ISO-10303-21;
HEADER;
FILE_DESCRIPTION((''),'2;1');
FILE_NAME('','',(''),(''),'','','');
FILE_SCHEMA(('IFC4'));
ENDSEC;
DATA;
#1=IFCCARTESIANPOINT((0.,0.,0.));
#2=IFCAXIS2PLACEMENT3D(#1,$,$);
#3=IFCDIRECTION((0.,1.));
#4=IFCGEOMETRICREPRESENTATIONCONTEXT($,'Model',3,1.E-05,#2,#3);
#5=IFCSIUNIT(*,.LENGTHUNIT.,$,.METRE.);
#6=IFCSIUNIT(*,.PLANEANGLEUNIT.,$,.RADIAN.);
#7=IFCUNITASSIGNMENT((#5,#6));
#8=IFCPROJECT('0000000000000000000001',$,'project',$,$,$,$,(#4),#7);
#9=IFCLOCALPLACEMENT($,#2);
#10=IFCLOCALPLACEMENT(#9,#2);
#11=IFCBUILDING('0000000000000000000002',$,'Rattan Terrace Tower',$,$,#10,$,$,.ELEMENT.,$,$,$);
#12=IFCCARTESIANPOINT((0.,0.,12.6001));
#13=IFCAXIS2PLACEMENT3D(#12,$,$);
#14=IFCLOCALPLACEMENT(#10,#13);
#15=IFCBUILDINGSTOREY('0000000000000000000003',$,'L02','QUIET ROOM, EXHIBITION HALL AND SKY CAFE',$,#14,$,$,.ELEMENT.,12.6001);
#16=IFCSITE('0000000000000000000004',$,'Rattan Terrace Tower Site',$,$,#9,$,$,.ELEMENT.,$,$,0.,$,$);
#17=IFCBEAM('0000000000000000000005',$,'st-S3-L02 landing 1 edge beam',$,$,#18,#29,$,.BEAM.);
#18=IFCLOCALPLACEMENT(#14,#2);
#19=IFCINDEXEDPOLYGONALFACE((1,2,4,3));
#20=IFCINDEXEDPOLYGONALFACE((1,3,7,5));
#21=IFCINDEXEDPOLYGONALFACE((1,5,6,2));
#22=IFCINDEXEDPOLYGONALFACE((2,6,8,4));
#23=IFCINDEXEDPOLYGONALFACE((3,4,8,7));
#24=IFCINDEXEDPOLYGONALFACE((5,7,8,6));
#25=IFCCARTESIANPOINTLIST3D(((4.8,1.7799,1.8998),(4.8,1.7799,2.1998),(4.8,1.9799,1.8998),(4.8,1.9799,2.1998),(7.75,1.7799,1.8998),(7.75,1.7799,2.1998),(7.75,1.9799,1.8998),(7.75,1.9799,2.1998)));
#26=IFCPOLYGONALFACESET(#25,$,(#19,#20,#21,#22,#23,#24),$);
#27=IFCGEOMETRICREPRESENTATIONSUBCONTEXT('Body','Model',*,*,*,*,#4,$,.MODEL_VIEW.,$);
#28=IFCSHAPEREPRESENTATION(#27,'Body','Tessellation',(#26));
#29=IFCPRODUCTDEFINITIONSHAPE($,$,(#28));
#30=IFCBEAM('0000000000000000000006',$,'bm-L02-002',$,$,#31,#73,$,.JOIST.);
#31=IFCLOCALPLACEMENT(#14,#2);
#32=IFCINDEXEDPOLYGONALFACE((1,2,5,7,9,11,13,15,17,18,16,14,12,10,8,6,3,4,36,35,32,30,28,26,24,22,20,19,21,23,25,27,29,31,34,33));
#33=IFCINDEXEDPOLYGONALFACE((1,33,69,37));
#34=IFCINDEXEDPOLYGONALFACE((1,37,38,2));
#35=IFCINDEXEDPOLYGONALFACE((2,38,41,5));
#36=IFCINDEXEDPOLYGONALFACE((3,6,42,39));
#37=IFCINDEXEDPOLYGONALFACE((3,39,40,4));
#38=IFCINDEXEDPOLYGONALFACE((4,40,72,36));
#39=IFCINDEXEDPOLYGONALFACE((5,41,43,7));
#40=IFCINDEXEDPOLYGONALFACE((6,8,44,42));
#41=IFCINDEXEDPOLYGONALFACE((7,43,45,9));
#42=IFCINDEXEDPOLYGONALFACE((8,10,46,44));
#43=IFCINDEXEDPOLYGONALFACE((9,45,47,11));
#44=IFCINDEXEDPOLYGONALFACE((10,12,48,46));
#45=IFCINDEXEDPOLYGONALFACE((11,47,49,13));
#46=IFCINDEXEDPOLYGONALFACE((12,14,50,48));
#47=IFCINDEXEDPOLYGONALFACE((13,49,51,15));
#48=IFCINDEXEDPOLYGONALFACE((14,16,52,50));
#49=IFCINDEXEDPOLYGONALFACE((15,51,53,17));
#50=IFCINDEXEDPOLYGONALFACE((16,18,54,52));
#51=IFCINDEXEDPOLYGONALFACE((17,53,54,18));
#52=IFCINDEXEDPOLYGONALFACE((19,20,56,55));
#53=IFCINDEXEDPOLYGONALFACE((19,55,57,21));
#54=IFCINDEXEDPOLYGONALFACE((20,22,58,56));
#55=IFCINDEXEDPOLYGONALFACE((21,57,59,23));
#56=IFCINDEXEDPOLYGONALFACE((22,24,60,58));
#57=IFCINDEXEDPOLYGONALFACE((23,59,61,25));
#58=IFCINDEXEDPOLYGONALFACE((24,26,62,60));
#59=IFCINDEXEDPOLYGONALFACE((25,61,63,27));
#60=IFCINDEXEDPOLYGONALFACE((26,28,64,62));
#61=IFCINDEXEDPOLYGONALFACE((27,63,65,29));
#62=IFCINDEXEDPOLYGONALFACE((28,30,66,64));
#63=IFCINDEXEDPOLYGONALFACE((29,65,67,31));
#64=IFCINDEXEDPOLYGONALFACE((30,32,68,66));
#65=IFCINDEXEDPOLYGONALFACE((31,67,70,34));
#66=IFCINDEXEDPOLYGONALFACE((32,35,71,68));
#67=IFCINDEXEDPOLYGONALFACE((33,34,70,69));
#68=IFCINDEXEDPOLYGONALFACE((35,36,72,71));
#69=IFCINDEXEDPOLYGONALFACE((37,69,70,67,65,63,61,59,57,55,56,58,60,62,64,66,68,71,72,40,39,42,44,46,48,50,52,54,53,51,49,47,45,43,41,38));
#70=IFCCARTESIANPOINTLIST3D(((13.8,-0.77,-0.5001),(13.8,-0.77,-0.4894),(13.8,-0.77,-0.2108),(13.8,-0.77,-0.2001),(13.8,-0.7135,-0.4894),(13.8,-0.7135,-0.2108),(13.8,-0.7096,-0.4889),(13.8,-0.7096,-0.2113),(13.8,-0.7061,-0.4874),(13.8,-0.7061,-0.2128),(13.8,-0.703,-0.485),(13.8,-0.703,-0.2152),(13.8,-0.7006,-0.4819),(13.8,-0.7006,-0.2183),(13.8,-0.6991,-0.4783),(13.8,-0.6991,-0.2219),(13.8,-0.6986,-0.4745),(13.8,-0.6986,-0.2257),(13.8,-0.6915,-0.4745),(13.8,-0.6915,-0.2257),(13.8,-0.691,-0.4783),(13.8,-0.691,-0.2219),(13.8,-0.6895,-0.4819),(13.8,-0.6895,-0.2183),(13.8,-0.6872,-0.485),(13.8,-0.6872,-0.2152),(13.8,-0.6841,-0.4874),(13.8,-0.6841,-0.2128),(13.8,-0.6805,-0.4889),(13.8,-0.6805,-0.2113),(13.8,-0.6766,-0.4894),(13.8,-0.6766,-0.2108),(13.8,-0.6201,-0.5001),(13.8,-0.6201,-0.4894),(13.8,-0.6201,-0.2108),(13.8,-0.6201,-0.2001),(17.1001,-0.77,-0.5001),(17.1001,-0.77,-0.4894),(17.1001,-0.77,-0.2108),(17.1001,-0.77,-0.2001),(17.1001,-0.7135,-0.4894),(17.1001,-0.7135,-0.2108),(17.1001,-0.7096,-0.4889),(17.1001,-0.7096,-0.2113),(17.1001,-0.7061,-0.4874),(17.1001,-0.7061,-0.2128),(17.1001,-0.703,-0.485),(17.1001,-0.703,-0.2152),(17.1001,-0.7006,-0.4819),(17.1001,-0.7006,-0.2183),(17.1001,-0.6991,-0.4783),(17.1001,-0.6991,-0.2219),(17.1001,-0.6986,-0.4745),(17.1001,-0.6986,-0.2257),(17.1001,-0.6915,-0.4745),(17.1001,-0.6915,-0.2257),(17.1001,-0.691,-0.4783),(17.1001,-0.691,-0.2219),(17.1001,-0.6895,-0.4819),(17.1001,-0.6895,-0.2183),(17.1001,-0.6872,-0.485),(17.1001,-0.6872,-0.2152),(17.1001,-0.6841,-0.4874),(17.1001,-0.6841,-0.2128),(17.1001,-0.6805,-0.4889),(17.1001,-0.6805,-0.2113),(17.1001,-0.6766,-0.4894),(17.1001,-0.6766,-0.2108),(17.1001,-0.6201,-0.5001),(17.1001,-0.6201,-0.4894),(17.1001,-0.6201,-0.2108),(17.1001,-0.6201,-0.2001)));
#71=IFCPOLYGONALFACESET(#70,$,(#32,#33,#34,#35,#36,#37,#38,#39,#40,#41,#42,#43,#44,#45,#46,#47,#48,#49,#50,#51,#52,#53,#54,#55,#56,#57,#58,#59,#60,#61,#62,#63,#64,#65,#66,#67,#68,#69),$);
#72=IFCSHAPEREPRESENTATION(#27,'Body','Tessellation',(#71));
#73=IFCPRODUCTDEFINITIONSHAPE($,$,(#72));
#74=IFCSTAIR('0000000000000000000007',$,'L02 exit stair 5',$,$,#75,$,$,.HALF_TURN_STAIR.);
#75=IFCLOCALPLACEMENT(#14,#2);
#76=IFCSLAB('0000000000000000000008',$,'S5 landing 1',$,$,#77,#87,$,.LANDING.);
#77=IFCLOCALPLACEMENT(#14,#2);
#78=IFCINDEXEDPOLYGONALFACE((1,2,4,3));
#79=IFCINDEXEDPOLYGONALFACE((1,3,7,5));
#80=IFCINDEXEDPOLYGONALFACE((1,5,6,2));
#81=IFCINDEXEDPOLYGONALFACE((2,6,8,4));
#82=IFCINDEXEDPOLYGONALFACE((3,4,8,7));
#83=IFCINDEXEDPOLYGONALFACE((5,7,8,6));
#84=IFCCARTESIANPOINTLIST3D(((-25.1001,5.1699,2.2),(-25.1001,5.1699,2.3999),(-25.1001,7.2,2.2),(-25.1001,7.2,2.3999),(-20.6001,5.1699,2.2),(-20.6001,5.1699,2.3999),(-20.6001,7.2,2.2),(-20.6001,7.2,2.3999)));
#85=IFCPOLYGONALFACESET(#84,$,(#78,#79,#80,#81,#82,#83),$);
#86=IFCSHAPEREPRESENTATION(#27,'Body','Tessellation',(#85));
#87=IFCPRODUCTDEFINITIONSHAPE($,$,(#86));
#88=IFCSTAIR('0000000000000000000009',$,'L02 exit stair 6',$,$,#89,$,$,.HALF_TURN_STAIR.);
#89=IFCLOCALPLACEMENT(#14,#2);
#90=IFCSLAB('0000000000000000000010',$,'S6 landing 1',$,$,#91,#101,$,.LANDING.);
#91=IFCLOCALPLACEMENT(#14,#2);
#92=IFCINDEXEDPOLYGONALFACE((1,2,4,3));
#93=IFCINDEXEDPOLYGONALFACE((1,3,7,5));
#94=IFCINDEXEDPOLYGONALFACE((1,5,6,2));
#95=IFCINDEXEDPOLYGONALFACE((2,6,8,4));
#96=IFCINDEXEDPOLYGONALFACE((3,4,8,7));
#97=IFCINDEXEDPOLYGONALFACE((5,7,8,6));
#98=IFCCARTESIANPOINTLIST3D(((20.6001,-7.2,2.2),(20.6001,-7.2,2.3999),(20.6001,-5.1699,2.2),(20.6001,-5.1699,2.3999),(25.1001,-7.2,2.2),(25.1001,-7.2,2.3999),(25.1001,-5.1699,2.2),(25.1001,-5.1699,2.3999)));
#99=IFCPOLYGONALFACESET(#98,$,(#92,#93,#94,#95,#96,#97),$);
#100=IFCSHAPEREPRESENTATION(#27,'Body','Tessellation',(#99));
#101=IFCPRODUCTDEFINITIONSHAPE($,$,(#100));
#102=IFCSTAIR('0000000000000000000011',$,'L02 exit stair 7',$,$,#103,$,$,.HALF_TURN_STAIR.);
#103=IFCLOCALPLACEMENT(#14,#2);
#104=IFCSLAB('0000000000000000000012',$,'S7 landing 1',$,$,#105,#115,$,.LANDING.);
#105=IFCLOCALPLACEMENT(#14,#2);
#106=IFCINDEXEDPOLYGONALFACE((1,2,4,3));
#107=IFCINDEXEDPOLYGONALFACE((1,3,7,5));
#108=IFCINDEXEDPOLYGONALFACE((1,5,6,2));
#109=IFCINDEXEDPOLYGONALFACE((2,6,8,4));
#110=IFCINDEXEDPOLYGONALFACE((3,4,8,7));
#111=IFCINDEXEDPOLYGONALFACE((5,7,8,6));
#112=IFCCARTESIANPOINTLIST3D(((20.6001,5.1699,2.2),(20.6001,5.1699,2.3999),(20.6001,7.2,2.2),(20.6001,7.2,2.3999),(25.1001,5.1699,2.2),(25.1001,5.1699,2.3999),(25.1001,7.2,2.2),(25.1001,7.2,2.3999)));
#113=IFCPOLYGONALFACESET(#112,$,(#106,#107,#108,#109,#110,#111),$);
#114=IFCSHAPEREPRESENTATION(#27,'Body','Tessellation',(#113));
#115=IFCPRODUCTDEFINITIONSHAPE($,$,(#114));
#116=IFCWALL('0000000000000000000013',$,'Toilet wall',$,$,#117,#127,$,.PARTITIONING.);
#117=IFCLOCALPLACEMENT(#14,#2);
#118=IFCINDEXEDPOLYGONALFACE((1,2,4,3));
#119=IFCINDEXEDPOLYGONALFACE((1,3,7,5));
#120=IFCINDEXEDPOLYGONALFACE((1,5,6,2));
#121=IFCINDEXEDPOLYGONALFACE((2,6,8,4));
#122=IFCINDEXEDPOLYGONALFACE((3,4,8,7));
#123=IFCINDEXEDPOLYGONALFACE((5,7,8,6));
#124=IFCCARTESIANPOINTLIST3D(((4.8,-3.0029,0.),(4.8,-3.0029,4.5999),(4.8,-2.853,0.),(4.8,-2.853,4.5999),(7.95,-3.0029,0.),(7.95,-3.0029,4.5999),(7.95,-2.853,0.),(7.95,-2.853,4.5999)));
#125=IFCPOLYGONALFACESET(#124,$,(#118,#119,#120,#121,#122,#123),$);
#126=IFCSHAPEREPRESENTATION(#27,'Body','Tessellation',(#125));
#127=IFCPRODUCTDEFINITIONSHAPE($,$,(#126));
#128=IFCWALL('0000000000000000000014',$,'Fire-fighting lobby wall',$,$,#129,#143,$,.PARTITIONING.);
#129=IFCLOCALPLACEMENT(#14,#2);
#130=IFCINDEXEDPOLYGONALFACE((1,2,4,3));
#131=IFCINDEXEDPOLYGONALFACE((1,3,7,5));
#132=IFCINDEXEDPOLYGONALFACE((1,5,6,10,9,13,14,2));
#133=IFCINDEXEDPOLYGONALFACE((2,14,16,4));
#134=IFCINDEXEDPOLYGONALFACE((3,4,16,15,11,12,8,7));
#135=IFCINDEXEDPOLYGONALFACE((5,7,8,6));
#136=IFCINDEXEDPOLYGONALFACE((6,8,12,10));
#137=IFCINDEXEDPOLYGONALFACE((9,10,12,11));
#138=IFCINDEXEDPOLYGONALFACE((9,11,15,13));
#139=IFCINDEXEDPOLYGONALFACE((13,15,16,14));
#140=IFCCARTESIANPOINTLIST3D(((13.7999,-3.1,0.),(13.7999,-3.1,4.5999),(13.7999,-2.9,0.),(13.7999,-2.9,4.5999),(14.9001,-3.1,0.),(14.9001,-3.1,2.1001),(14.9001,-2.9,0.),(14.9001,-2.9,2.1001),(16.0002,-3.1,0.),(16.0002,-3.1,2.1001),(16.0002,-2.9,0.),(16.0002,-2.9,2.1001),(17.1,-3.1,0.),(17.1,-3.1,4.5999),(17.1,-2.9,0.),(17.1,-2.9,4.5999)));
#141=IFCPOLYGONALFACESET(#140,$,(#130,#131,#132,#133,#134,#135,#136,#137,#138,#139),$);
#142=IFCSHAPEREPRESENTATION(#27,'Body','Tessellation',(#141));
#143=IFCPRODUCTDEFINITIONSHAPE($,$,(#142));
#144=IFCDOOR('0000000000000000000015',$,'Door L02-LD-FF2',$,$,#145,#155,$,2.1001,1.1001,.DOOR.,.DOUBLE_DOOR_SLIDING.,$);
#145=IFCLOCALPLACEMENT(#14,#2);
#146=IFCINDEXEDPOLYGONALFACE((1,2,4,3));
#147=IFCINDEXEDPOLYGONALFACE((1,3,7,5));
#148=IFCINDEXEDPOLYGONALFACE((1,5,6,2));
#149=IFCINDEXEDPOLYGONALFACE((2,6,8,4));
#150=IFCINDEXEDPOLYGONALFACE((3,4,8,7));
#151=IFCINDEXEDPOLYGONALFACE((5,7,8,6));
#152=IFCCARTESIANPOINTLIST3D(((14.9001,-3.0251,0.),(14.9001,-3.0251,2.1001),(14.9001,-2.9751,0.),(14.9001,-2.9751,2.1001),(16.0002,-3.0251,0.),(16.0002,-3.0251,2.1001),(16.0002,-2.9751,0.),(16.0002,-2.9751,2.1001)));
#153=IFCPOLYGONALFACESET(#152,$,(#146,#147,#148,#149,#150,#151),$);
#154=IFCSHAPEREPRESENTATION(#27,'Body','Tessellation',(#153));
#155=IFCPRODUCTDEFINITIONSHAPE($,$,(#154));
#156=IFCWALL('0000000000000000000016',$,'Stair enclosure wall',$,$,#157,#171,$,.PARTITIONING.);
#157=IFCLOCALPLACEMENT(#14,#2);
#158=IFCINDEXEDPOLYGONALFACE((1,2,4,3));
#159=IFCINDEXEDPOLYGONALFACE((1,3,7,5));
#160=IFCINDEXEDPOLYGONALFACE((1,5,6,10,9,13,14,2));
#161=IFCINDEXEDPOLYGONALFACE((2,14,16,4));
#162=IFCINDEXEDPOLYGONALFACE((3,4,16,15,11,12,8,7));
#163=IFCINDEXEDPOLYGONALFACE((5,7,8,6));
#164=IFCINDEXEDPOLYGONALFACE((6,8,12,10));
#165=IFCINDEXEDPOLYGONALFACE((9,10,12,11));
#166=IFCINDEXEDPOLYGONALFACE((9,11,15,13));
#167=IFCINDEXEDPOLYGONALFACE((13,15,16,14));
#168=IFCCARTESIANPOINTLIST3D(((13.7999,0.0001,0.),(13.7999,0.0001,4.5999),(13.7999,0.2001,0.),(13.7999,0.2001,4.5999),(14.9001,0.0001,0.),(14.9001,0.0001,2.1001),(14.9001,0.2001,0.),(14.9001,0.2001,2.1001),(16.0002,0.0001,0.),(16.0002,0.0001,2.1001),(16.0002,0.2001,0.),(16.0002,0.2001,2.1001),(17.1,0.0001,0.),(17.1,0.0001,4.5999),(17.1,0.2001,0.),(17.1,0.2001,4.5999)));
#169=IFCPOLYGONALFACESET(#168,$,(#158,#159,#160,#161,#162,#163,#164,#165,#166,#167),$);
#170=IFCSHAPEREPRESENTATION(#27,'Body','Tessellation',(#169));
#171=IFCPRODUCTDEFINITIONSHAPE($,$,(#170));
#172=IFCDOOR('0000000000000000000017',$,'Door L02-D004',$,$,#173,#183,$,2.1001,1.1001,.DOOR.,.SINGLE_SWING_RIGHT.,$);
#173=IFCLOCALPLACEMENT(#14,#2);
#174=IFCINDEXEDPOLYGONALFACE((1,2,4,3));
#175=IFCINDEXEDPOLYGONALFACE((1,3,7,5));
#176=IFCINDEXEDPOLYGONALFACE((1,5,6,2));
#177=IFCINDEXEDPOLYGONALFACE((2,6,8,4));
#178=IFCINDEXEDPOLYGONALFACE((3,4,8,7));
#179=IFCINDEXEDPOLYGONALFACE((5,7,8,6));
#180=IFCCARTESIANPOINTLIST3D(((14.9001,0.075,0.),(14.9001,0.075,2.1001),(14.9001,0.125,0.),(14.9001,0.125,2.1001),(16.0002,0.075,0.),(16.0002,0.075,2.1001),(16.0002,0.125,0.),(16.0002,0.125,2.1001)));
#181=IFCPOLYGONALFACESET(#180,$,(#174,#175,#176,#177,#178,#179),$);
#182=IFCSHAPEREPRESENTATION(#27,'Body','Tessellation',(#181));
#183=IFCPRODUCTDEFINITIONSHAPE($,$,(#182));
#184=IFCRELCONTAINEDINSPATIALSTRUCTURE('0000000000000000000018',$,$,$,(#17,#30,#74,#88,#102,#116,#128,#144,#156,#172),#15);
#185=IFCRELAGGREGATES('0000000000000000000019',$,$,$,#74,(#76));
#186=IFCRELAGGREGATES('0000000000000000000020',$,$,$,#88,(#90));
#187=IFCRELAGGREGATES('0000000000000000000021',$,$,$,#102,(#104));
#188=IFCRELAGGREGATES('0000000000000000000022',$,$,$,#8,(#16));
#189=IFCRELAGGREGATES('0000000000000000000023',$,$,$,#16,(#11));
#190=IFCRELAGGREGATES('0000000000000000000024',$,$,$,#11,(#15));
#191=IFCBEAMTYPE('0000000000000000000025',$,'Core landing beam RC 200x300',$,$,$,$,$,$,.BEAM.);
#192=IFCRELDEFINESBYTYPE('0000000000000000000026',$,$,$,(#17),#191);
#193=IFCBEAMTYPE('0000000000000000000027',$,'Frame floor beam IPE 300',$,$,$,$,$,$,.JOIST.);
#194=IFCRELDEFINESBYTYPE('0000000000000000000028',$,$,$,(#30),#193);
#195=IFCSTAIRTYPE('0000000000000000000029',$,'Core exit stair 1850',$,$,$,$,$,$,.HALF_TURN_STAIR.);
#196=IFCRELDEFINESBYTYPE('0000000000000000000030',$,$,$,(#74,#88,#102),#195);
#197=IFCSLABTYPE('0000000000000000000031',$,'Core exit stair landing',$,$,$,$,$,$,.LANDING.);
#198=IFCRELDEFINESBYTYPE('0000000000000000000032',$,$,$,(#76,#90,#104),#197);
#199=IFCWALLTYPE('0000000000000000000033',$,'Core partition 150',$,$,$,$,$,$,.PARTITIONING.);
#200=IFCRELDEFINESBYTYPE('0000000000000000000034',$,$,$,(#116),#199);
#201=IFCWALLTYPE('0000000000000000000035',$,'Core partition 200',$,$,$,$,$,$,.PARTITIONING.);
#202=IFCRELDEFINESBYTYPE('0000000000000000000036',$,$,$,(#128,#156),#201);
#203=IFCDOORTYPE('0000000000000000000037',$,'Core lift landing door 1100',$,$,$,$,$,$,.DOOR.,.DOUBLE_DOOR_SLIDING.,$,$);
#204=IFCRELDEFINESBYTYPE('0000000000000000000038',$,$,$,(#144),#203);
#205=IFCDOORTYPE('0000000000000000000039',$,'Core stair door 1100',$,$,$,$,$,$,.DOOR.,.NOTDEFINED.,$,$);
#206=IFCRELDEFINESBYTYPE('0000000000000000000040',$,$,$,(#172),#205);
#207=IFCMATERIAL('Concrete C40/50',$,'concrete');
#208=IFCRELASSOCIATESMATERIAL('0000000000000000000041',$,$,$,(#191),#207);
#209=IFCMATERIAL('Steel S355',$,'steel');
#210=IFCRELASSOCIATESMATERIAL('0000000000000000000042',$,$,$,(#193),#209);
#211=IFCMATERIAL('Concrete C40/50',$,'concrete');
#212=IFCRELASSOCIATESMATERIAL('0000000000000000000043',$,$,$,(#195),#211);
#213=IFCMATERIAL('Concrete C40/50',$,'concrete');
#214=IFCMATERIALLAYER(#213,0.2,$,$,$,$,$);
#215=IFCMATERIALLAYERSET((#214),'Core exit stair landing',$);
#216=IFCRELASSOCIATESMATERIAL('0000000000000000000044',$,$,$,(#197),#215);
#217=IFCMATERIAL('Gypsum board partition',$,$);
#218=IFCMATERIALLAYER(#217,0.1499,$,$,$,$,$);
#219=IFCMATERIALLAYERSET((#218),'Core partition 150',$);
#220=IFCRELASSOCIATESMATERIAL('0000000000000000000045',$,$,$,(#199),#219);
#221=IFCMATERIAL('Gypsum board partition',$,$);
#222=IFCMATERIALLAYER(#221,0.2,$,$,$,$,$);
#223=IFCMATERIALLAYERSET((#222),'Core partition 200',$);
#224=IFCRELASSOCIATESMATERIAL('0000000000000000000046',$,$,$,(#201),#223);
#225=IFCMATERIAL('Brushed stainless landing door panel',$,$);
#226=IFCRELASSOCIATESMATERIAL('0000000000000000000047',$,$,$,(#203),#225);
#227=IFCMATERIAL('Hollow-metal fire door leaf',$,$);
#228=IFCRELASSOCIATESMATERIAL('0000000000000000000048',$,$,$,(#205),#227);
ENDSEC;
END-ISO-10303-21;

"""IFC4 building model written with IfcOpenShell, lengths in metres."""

from ifc_helpers import new_model, si_unit, direction, frame, frame_2d, origin, origin_2d, place, context, subcontext, project, spatial, polyline, rectangle, i_section, outline, extrude, material, layer, layer_set, material_profile, profile_set, type_object, element, fill, aggregate, save


model = new_model("IFC4")

# Units and contexts
model_context = context("Model", 3, precision=1e-05, world=origin(), true_north=direction((0.0, 1.0)))
body_context = subcontext(model_context, "Body", "Model", "MODEL_VIEW")
ifc_project = project(units=[si_unit("LENGTHUNIT", "METRE"), si_unit("PLANEANGLEUNIT", "RADIAN")], contexts=[model_context])

# Site, building, storey
site_placement = place(None, origin())
site = spatial("IfcSite", under=ifc_project, at=site_placement, Name="Rattan Terrace Tower Site", CompositionType="ELEMENT", RefElevation=0.0)
building_placement = place(site_placement, origin())
building = spatial("IfcBuilding", under=site, at=building_placement, Name="Rattan Terrace Tower", CompositionType="ELEMENT")
storey_placement = place(building_placement, frame((0.0, 0.0, 12.6001)))
storey = spatial("IfcBuildingStorey", under=building, at=storey_placement, Name="L02", Description="QUIET ROOM, EXHIBITION HALL AND SKY CAFE", CompositionType="ELEMENT", Elevation=12.6001)

# Beams
ifc_material_1 = material(Name="Concrete C40/50", Category="concrete")
ifc_material_profile_1 = material_profile(ifc_material_1, rectangle(XDim=0.2, YDim=0.3, at=origin_2d()), Name="RC 200x300")
ifc_profile_set_1 = profile_set([ifc_material_profile_1], Name="Concrete C40/50")
beam_type_1 = type_object("IfcBeamType", Name="Core landing beam RC 200x300", PredefinedType="BEAM", material=ifc_profile_set_1)
beam_1_placement = place(storey_placement, frame((4.8, 1.8799, 2.0498), z_axis=(1.0, 0.0, 0.0), x_axis=(0.0, 1.0, 0.0)))
element("IfcBeam", 1, at=beam_1_placement, inside=storey, type_object=beam_type_1, Name="st-S3-L02 landing 1 edge beam", PredefinedType="BEAM", context=body_context, shape_type="SweptSolid", body=[
    extrude(rectangle(XDim=0.2, YDim=0.3, at=origin_2d()), origin(), (0.0, 0.0, 1.0), 2.95),
])
ifc_material_2 = material(Name="Steel S355", Category="steel")
ifc_material_profile_2 = material_profile(ifc_material_2, i_section(OverallWidth=0.1499, OverallDepth=0.3, WebThickness=0.0071, FlangeThickness=0.0107, FilletRadius=0.0149, at=origin_2d()), Name="IPE 300")
ifc_profile_set_2 = profile_set([ifc_material_profile_2], Name="Steel S355")
beam_type_2 = type_object("IfcBeamType", Name="Frame floor beam IPE 300", PredefinedType="JOIST", material=ifc_profile_set_2)
beam_2_placement = place(storey_placement, frame((13.8, -0.6951, -0.3501), z_axis=(1.0, 0.0, 0.0), x_axis=(0.0, 1.0, 0.0)))
element("IfcBeam", 2, at=beam_2_placement, inside=storey, type_object=beam_type_2, Name="bm-L02-002", PredefinedType="JOIST", context=body_context, shape_type="SweptSolid", body=[
    extrude(i_section(OverallWidth=0.1499, OverallDepth=0.3, WebThickness=0.0071, FlangeThickness=0.0107, FilletRadius=0.0149, at=origin_2d()), origin(), (0.0, 0.0, 1.0), 3.3),
])

# Stairs, slabs
ifc_material_3 = material(Name="Concrete C40/50", Category="concrete")
stair_type_1 = type_object("IfcStairType", Name="Core exit stair 1850", PredefinedType="HALF_TURN_STAIR", material=ifc_material_3)
stair_1_placement = place(storey_placement, origin())
stair_1 = element("IfcStair", 3, at=stair_1_placement, inside=storey, type_object=stair_type_1, Name="L02 exit stair 5", PredefinedType="HALF_TURN_STAIR")
ifc_material_4 = material(Name="Concrete C40/50", Category="concrete")
ifc_layer_1 = layer(ifc_material_4, 0.2)
ifc_layer_set_1 = layer_set([ifc_layer_1], Name="Core exit stair landing")
slab_type = type_object("IfcSlabType", Name="Core exit stair landing", PredefinedType="LANDING", material=ifc_layer_set_1)
slab_1_placement = place(storey_placement, frame((0.0, 0.0, 2.2)))
slab_1 = element("IfcSlab", 4, at=slab_1_placement, type_object=slab_type, Name="S5 landing 1", PredefinedType="LANDING", context=body_context, shape_type="SweptSolid", body=[
    extrude(outline(polyline([(-20.6001, 5.1699), (-20.6001, 7.2), (-25.1001, 7.2), (-25.1001, 5.1699), (-20.6001, 5.1699)])), origin(), (0.0, 0.0, 1.0), 0.2),
])
aggregate(stair_1, [slab_1])
stair_2_placement = place(storey_placement, origin())
stair_2 = element("IfcStair", 5, at=stair_2_placement, inside=storey, type_object=stair_type_1, Name="L02 exit stair 6", PredefinedType="HALF_TURN_STAIR")
slab_2_placement = place(storey_placement, frame((0.0, 0.0, 2.2)))
slab_2 = element("IfcSlab", 6, at=slab_2_placement, type_object=slab_type, Name="S6 landing 1", PredefinedType="LANDING", context=body_context, shape_type="SweptSolid", body=[
    extrude(outline(polyline([(20.6001, -5.1699), (20.6001, -7.2), (25.1001, -7.2), (25.1001, -5.1699), (20.6001, -5.1699)])), origin(), (0.0, 0.0, 1.0), 0.2),
])
aggregate(stair_2, [slab_2])
stair_3_placement = place(storey_placement, origin())
stair_3 = element("IfcStair", 7, at=stair_3_placement, inside=storey, type_object=stair_type_1, Name="L02 exit stair 7", PredefinedType="HALF_TURN_STAIR")
slab_3_placement = place(storey_placement, frame((0.0, 0.0, 2.2)))
slab_3 = element("IfcSlab", 8, at=slab_3_placement, type_object=slab_type, Name="S7 landing 1", PredefinedType="LANDING", context=body_context, shape_type="SweptSolid", body=[
    extrude(outline(polyline([(25.1001, 5.1699), (25.1001, 7.2), (20.6001, 7.2), (20.6001, 5.1699), (25.1001, 5.1699)])), origin(), (0.0, 0.0, 1.0), 0.2),
])
aggregate(stair_3, [slab_3])

# Wall
ifc_material_5 = material(Name="Gypsum board partition")
ifc_layer_2 = layer(ifc_material_5, 0.1499)
ifc_layer_set_2 = layer_set([ifc_layer_2], Name="Core partition 150")
wall_type_1 = type_object("IfcWallType", Name="Core partition 150", PredefinedType="PARTITIONING", material=ifc_layer_set_2)
wall_1_placement = place(storey_placement, frame((4.8, -2.928, 0.0), z_axis=(0.0, 0.0, 1.0), x_axis=(1.0, 0.0, 0.0)))
element("IfcWall", 9, at=wall_1_placement, inside=storey, type_object=wall_type_1, Name="Toilet wall", PredefinedType="PARTITIONING", context=body_context, shape_type="SweptSolid", body=[
    extrude(rectangle(XDim=3.1499, YDim=0.1499, at=frame_2d((1.575, 0.0))), origin(), (0.0, 0.0, 1.0), 4.5999),
])

# Walls, openings, doors
ifc_material_6 = material(Name="Gypsum board partition")
ifc_layer_3 = layer(ifc_material_6, 0.2)
ifc_layer_set_3 = layer_set([ifc_layer_3], Name="Core partition 200")
wall_type_2 = type_object("IfcWallType", Name="Core partition 200", PredefinedType="PARTITIONING", material=ifc_layer_set_3)
wall_2_placement = place(storey_placement, frame((13.8, -3.0, 0.0), z_axis=(0.0, 0.0, 1.0), x_axis=(1.0, 0.0, 0.0)))
wall_2 = element("IfcWall", 10, at=wall_2_placement, inside=storey, type_object=wall_type_2, Name="Fire-fighting lobby wall", PredefinedType="PARTITIONING", context=body_context, shape_type="SweptSolid", body=[
    extrude(rectangle(XDim=3.3, YDim=0.2, at=frame_2d((1.6499, 0.0))), origin(), (0.0, 0.0, 1.0), 4.5999),
])
opening_1_placement = place(wall_2_placement, frame((1.1001, 0.0, 0.0)))
opening_1 = element("IfcOpeningElement", 11, at=opening_1_placement, cuts=wall_2, PredefinedType="OPENING", context=body_context, shape_type="SweptSolid", body=[
    extrude(rectangle(XDim=1.1001, YDim=2.1001, at=frame_2d((0.55, 1.05))), frame((0.0, 0.1106, 0.0), z_axis=(0.0, -1.0, 0.0), x_axis=(1.0, 0.0, 0.0)), (0.0, 0.0, 1.0), 0.2209),
])
ifc_material_7 = material(Name="Brushed stainless landing door panel")
door_type_1 = type_object("IfcDoorType", Name="Core lift landing door 1100", OperationType="DOUBLE_DOOR_SLIDING", PredefinedType="DOOR", material=ifc_material_7)
door_1_placement = place(opening_1_placement, origin())
door_1 = element("IfcDoor", 12, at=door_1_placement, inside=storey, type_object=door_type_1, Name="Door L02-LD-FF2", OperationType="DOUBLE_DOOR_SLIDING", OverallHeight=2.1001, OverallWidth=1.1001, PredefinedType="DOOR", context=body_context, shape_type="SweptSolid", body=[
    extrude(rectangle(XDim=1.1001, YDim=2.1001, at=frame_2d((0.55, 1.05))), frame((0.0, 0.0249, 0.0), z_axis=(0.0, -1.0, 0.0), x_axis=(1.0, 0.0, 0.0)), (0.0, 0.0, 1.0), 0.05),
])
fill(opening_1, door_1)
wall_3_placement = place(storey_placement, frame((13.8, 0.1001, 0.0), z_axis=(0.0, 0.0, 1.0), x_axis=(1.0, 0.0, 0.0)))
wall_3 = element("IfcWall", 13, at=wall_3_placement, inside=storey, type_object=wall_type_2, Name="Stair enclosure wall", PredefinedType="PARTITIONING", context=body_context, shape_type="SweptSolid", body=[
    extrude(rectangle(XDim=3.3, YDim=0.2, at=frame_2d((1.6499, 0.0))), origin(), (0.0, 0.0, 1.0), 4.5999),
])
opening_2_placement = place(wall_3_placement, frame((1.1001, 0.0, 0.0)))
opening_2 = element("IfcOpeningElement", 14, at=opening_2_placement, cuts=wall_3, PredefinedType="OPENING", context=body_context, shape_type="SweptSolid", body=[
    extrude(rectangle(XDim=1.1001, YDim=2.1001, at=frame_2d((0.55, 1.05))), frame((0.0, 0.1106, 0.0), z_axis=(0.0, -1.0, 0.0), x_axis=(1.0, 0.0, 0.0)), (0.0, 0.0, 1.0), 0.2209),
])
ifc_material_8 = material(Name="Hollow-metal fire door leaf")
door_type_2 = type_object("IfcDoorType", Name="Core stair door 1100", OperationType="NOTDEFINED", PredefinedType="DOOR", material=ifc_material_8)
door_2_placement = place(opening_2_placement, origin())
door_2 = element("IfcDoor", 15, at=door_2_placement, inside=storey, type_object=door_type_2, Name="Door L02-D004", OperationType="SINGLE_SWING_RIGHT", OverallHeight=2.1001, OverallWidth=1.1001, PredefinedType="DOOR", context=body_context, shape_type="SweptSolid", body=[
    extrude(rectangle(XDim=1.1001, YDim=2.1001, at=frame_2d((0.55, 1.05))), frame((0.0, 0.0249, 0.0), z_axis=(0.0, -1.0, 0.0), x_axis=(1.0, 0.0, 0.0)), (0.0, 0.0, 1.0), 0.05),
])
fill(opening_2, door_2)

save(model, "model.ifc")
